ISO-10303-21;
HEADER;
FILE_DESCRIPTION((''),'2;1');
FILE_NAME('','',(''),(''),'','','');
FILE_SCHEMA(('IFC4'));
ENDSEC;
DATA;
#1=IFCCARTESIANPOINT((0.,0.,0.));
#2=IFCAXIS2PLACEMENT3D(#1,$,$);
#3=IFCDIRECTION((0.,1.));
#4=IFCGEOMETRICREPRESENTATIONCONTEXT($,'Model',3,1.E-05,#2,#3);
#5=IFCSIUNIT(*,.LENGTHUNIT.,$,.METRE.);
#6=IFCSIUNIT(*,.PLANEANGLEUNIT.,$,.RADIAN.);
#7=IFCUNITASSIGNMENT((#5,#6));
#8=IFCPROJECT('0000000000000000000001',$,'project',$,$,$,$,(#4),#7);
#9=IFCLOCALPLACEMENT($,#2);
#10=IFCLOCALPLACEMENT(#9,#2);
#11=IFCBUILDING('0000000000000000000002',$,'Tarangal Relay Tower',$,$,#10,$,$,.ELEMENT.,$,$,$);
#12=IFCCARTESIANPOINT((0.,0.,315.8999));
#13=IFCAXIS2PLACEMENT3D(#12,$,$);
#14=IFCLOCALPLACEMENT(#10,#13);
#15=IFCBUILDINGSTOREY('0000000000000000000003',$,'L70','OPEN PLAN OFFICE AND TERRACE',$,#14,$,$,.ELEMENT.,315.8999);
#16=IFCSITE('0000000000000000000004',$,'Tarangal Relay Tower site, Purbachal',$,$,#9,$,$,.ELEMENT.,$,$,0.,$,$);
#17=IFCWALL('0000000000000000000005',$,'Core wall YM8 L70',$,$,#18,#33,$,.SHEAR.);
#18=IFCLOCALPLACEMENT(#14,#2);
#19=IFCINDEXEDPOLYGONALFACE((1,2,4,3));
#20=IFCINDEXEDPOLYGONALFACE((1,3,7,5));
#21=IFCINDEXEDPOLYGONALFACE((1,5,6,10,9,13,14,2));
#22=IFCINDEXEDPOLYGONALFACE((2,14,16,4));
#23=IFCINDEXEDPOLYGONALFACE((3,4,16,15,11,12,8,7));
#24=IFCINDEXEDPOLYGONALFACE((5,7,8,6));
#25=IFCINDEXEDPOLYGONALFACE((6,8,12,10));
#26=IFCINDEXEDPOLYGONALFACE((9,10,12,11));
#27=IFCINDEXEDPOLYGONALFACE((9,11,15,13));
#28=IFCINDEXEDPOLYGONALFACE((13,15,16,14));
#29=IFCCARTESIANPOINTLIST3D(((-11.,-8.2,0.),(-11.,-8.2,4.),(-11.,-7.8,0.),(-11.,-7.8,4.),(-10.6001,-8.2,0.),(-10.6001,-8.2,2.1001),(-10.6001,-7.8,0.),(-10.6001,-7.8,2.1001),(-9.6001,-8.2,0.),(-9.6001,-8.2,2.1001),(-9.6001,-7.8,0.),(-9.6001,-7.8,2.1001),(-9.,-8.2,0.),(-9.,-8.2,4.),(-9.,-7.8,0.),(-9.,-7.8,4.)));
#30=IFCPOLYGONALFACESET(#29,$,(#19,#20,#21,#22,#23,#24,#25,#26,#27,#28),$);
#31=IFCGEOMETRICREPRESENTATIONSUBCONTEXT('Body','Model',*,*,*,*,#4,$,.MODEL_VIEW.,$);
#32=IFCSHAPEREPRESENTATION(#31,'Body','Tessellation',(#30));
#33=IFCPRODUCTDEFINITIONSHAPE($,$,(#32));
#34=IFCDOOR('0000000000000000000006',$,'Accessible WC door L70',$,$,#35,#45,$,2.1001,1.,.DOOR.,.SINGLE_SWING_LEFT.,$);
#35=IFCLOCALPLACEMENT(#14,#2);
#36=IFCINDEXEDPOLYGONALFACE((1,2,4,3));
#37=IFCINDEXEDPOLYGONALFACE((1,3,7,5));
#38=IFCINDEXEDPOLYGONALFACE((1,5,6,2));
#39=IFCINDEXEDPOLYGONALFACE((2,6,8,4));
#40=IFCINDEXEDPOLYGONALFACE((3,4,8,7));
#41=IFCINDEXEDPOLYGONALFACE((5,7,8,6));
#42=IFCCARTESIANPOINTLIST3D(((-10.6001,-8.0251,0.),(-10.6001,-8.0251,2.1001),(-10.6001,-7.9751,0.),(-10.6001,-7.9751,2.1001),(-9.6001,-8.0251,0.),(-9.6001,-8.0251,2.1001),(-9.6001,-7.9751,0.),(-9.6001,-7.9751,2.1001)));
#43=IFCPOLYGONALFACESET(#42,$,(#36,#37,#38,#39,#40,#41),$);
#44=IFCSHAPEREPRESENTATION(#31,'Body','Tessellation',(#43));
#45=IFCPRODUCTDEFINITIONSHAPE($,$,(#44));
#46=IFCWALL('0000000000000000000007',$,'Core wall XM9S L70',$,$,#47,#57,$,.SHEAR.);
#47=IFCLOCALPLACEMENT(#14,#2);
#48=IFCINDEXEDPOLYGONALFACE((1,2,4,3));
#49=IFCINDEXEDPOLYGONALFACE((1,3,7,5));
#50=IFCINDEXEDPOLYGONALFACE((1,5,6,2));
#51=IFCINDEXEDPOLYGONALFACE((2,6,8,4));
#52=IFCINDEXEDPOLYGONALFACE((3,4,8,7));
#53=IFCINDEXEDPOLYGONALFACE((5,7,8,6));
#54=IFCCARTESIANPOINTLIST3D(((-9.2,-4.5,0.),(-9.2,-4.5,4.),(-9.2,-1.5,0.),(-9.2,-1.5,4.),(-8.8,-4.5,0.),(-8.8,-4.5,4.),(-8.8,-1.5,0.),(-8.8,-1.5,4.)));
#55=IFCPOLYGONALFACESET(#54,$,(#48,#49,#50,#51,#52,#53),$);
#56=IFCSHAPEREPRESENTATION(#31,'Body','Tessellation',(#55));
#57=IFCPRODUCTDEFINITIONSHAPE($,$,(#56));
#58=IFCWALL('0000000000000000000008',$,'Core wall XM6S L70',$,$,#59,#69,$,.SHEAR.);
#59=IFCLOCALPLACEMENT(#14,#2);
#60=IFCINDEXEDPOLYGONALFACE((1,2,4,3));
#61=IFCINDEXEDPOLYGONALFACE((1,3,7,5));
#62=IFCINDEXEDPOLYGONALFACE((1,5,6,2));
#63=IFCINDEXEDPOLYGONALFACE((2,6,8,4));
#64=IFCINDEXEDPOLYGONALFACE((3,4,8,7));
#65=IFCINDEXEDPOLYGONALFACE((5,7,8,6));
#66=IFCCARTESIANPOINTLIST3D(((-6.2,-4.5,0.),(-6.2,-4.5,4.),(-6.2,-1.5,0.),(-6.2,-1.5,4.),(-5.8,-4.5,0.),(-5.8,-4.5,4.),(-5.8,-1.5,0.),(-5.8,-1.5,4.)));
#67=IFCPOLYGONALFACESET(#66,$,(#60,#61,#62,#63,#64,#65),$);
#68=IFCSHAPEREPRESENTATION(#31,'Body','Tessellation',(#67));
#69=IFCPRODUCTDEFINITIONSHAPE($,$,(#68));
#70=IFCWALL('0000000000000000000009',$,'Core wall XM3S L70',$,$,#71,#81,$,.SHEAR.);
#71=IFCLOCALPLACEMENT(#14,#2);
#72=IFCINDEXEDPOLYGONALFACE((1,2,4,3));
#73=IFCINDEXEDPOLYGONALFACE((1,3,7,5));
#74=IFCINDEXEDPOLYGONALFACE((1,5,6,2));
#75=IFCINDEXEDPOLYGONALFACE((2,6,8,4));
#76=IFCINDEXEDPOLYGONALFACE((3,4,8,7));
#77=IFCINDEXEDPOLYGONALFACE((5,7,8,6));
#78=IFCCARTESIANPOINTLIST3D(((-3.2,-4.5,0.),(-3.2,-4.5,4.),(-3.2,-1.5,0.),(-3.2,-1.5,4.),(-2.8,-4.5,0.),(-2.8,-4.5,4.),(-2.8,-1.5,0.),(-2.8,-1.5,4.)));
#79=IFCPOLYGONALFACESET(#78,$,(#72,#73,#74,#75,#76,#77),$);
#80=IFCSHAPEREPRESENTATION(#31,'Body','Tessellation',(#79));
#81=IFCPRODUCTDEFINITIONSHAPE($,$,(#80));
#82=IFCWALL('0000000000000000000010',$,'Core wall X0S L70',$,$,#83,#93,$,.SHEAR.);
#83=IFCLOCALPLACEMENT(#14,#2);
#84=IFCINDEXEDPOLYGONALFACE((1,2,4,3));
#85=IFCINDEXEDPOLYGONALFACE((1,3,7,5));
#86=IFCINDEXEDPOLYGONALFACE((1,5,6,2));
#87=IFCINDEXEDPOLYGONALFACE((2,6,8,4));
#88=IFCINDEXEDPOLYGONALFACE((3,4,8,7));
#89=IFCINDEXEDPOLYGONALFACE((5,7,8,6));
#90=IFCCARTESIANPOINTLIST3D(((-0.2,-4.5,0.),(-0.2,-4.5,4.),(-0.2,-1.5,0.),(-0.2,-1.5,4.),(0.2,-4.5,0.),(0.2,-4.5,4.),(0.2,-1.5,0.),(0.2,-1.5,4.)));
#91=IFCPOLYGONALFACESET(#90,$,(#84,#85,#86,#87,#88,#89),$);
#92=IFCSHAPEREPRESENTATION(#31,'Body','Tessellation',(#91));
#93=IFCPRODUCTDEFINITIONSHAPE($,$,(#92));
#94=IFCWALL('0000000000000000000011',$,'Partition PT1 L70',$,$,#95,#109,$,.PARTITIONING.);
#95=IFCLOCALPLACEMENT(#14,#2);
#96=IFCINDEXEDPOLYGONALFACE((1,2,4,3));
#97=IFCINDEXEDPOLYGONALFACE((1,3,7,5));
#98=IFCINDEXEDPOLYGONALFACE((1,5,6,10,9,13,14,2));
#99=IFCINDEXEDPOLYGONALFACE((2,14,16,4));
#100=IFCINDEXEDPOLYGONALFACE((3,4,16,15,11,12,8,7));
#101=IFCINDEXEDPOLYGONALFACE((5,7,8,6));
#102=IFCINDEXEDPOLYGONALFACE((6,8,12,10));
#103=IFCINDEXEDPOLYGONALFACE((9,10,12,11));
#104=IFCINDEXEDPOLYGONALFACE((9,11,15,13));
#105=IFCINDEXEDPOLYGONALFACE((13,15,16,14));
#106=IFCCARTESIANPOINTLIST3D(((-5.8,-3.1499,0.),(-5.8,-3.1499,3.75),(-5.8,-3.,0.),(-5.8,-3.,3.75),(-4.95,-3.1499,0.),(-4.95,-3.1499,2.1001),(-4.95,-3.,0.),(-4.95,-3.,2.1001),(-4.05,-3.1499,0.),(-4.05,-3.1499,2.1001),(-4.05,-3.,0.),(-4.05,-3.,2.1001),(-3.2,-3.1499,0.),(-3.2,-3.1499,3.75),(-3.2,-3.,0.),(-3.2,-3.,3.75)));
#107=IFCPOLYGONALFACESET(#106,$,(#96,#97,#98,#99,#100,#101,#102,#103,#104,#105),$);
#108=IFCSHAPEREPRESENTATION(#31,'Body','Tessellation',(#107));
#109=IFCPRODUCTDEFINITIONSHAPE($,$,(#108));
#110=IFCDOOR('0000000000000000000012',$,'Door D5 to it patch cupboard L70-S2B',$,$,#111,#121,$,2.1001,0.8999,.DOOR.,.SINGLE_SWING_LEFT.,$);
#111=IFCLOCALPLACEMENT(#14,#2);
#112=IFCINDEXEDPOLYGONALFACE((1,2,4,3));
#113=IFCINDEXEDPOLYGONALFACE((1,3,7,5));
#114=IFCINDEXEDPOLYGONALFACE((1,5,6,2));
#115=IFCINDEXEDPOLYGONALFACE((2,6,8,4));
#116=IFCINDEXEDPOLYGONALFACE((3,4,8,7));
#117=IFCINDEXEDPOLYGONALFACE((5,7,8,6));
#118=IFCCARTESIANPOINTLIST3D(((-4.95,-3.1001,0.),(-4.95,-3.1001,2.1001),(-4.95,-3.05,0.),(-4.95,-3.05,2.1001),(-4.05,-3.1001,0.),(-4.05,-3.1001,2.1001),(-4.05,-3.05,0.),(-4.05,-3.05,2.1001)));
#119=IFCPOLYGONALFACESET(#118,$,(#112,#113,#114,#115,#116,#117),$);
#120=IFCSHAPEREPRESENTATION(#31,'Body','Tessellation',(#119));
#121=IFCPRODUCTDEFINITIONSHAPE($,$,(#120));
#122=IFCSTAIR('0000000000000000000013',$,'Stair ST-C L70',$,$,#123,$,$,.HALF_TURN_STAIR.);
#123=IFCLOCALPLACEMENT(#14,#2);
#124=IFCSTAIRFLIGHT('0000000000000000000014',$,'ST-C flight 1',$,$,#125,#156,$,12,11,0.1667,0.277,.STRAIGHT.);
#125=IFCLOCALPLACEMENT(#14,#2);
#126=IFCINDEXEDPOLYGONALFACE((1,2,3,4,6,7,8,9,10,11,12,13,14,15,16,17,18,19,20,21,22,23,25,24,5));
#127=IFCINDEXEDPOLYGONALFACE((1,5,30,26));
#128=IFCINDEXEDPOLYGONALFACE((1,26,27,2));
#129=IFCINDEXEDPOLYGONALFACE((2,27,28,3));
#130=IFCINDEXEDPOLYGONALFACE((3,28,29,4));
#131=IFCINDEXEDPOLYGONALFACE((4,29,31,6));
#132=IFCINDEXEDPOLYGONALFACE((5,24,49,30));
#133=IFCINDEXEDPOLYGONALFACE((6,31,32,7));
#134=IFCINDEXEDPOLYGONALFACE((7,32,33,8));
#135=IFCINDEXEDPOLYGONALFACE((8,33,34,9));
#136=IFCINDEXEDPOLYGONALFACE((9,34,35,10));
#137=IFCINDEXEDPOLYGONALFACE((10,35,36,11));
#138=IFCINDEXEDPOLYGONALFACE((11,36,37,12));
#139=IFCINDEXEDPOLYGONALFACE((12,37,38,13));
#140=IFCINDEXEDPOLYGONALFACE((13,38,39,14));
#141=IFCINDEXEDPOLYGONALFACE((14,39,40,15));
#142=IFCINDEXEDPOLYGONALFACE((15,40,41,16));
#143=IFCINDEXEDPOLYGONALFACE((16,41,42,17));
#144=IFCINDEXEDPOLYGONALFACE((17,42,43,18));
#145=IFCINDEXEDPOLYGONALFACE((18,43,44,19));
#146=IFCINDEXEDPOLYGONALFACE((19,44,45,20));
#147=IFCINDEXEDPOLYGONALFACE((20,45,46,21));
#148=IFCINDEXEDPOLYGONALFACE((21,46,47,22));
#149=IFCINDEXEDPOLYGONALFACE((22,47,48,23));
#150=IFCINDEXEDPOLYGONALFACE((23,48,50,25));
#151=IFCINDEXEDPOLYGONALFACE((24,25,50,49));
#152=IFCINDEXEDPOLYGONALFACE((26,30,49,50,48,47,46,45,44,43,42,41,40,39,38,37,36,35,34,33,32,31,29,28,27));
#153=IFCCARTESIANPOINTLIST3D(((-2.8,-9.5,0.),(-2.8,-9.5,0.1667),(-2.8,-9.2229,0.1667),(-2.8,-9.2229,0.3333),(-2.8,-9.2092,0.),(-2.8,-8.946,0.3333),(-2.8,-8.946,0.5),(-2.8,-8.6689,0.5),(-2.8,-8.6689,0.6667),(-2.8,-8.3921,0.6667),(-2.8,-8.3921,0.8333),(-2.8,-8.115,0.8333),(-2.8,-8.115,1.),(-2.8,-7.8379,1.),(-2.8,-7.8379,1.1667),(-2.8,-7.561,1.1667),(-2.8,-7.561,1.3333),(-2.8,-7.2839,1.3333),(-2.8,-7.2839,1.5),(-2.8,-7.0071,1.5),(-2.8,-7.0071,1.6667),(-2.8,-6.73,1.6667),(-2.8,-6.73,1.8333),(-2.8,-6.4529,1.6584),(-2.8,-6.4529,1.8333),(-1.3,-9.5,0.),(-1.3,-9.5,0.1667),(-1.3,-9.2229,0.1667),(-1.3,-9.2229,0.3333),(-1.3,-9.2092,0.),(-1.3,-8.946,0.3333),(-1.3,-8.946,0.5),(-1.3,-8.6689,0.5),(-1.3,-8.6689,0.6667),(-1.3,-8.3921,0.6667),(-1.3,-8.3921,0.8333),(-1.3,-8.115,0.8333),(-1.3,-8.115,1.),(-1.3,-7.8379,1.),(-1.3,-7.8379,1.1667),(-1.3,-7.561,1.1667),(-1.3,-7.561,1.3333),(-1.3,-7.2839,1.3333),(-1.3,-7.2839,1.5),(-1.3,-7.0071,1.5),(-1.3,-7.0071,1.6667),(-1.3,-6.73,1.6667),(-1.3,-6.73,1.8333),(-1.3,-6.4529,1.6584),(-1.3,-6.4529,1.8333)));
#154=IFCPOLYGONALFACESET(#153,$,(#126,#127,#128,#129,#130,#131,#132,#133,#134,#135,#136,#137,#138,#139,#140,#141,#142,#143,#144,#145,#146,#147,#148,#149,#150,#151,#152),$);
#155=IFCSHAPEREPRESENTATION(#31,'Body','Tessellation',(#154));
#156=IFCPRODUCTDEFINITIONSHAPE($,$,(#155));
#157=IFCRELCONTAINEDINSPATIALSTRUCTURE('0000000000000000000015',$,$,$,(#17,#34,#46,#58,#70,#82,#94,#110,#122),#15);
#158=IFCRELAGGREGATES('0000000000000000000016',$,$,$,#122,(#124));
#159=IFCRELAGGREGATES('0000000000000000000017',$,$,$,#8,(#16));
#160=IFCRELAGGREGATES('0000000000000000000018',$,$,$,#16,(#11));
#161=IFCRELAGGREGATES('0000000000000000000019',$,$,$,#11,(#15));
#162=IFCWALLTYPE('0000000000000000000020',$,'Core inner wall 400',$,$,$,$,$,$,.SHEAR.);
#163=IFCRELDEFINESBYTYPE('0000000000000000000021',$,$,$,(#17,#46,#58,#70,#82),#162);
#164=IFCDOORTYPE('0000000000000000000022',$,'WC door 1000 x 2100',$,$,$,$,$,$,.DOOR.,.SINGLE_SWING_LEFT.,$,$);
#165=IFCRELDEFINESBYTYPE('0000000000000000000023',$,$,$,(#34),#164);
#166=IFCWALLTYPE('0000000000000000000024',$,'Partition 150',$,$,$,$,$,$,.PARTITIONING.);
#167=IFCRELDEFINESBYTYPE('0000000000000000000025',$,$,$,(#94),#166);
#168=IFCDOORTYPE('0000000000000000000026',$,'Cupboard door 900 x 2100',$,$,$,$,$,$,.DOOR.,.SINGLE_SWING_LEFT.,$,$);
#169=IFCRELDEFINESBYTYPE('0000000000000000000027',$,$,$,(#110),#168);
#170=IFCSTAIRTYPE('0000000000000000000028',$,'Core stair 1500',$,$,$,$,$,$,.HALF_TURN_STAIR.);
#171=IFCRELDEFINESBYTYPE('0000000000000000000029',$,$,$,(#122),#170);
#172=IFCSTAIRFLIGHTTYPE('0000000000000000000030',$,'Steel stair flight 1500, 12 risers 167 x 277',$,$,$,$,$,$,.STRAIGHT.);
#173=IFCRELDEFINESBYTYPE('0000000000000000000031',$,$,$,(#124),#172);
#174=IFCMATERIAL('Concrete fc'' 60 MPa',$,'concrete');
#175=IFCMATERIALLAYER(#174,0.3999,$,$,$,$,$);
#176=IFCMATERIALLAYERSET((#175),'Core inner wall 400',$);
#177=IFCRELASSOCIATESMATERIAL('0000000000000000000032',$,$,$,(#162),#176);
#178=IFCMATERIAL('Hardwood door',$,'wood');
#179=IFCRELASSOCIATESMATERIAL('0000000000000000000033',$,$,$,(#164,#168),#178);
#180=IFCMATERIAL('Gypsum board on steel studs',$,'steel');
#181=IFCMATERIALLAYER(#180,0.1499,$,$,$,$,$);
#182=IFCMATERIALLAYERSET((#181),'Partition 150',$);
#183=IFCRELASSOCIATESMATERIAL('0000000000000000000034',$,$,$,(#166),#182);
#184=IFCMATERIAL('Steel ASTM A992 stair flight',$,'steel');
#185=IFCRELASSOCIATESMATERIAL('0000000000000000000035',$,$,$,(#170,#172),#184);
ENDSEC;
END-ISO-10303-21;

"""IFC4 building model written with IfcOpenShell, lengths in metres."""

from ifc_helpers import new_model, si_unit, direction, frame, frame_2d, origin, place, context, subcontext, project, spatial, polyline, rectangle, outline, extrude, material, layer, layer_set, type_object, element, fill, aggregate, save


model = new_model("IFC4")

# Units and contexts
model_context = context("Model", 3, precision=1e-05, world=origin(), true_north=direction((0.0, 1.0)))
body_context = subcontext(model_context, "Body", "Model", "MODEL_VIEW")
ifc_project = project(units=[si_unit("LENGTHUNIT", "METRE"), si_unit("PLANEANGLEUNIT", "RADIAN")], contexts=[model_context])

# Site, building, storey
site_placement = place(None, origin())
site = spatial("IfcSite", under=ifc_project, at=site_placement, Name="Tarangal Relay Tower site, Purbachal", CompositionType="ELEMENT", RefElevation=0.0)
building_placement = place(site_placement, origin())
building = spatial("IfcBuilding", under=site, at=building_placement, Name="Tarangal Relay Tower", CompositionType="ELEMENT")
storey_placement = place(building_placement, frame((0.0, 0.0, 315.8999)))
storey = spatial("IfcBuildingStorey", under=building, at=storey_placement, Name="L70", Description="OPEN PLAN OFFICE AND TERRACE", CompositionType="ELEMENT", Elevation=315.8999)

# Shared definitions
ifc_material_1 = material(Name="Concrete fc' 60 MPa", Category="concrete")
ifc_layer_1 = layer(ifc_material_1, 0.3999)
ifc_layer_set_1 = layer_set([ifc_layer_1], Name="Core inner wall 400")
wall_type_1 = type_object("IfcWallType", Name="Core inner wall 400", PredefinedType="SHEAR", material=ifc_layer_set_1)

# Wall, opening, door
wall_1_placement = place(storey_placement, frame((-11.0, -8.0, 0.0), z_axis=(0.0, 0.0, 1.0), x_axis=(1.0, 0.0, 0.0)))
wall_1 = element("IfcWall", 1, at=wall_1_placement, inside=storey, type_object=wall_type_1, Name="Core wall YM8 L70", PredefinedType="SHEAR", context=body_context, shape_type="SweptSolid", body=[
    extrude(rectangle(XDim=2.0, YDim=0.3999, at=frame_2d((1.0, 0.0))), origin(), (0.0, 0.0, 1.0), 4.0),
])
opening_1_placement = place(wall_1_placement, frame((0.3999, 0.0, 0.0)))
opening_1 = element("IfcOpeningElement", 2, at=opening_1_placement, cuts=wall_1, PredefinedType="OPENING", context=body_context, shape_type="SweptSolid", body=[
    extrude(rectangle(XDim=1.0, YDim=2.1001, at=frame_2d((0.5, 1.05))), frame((0.0, 0.21, 0.0), z_axis=(0.0, -1.0, 0.0), x_axis=(1.0, 0.0, 0.0)), (0.0, 0.0, 1.0), 0.4199),
])
ifc_material_2 = material(Name="Hardwood door", Category="wood")
door_type_1 = type_object("IfcDoorType", Name="WC door 1000 x 2100", OperationType="SINGLE_SWING_LEFT", PredefinedType="DOOR", material=ifc_material_2)
door_1_placement = place(opening_1_placement, origin())
door_1 = element("IfcDoor", 3, at=door_1_placement, inside=storey, type_object=door_type_1, Name="Accessible WC door L70", OperationType="SINGLE_SWING_LEFT", OverallHeight=2.1001, OverallWidth=1.0, PredefinedType="DOOR", context=body_context, shape_type="SweptSolid", body=[
    extrude(rectangle(XDim=1.0, YDim=2.1001, at=frame_2d((0.5, 1.05))), frame((0.0, 0.0249, 0.0), z_axis=(0.0, -1.0, 0.0), x_axis=(1.0, 0.0, 0.0)), (0.0, 0.0, 1.0), 0.05),
])
fill(opening_1, door_1)

# Walls
for number, where, z_axis, x_axis, name in (
    (4, (-9.0, -4.5, 0.0), (0.0, 0.0, 1.0), (0.0, 1.0, 0.0), "Core wall XM9S L70"),
    (5, (-6.0, -4.5, 0.0), (0.0, 0.0, 1.0), (0.0, 1.0, 0.0), "Core wall XM6S L70"),
    (6, (-3.0, -4.5, 0.0), (0.0, 0.0, 1.0), (0.0, 1.0, 0.0), "Core wall XM3S L70"),
    (7, (0.0, -4.5, 0.0), (0.0, 0.0, 1.0), (0.0, 1.0, 0.0), "Core wall X0S L70"),
):
    element("IfcWall", number, at=place(storey_placement, frame(where, z_axis=z_axis, x_axis=x_axis)), inside=storey, type_object=wall_type_1, Name=name, PredefinedType="SHEAR", context=body_context, shape_type="SweptSolid", body=[
        extrude(rectangle(XDim=3.0, YDim=0.3999, at=frame_2d((1.5, 0.0))), origin(), (0.0, 0.0, 1.0), 4.0),
    ])

# Wall, opening, door
ifc_material_3 = material(Name="Gypsum board on steel studs", Category="steel")
ifc_layer_2 = layer(ifc_material_3, 0.1499)
ifc_layer_set_2 = layer_set([ifc_layer_2], Name="Partition 150")
wall_type_2 = type_object("IfcWallType", Name="Partition 150", PredefinedType="PARTITIONING", material=ifc_layer_set_2)
wall_2_placement = place(storey_placement, frame((-5.8, -3.075, 0.0), z_axis=(0.0, 0.0, 1.0), x_axis=(1.0, 0.0, 0.0)))
wall_2 = element("IfcWall", 8, at=wall_2_placement, inside=storey, type_object=wall_type_2, Name="Partition PT1 L70", PredefinedType="PARTITIONING", context=body_context, shape_type="SweptSolid", body=[
    extrude(rectangle(XDim=2.6001, YDim=0.1499, at=frame_2d((1.3, 0.0))), origin(), (0.0, 0.0, 1.0), 3.75),
])
opening_2_placement = place(wall_2_placement, frame((0.8501, 0.0, 0.0)))
opening_2 = element("IfcOpeningElement", 9, at=opening_2_placement, cuts=wall_2, PredefinedType="OPENING", context=body_context, shape_type="SweptSolid", body=[
    extrude(rectangle(XDim=0.8999, YDim=2.1001, at=frame_2d((0.45, 1.05))), frame((0.0, 0.085, 0.0), z_axis=(0.0, -1.0, 0.0), x_axis=(1.0, 0.0, 0.0)), (0.0, 0.0, 1.0), 0.1699),
])
door_type_2 = type_object("IfcDoorType", Name="Cupboard door 900 x 2100", OperationType="SINGLE_SWING_LEFT", PredefinedType="DOOR", material=ifc_material_2)
door_2_placement = place(opening_2_placement, origin())
door_2 = element("IfcDoor", 10, at=door_2_placement, inside=storey, type_object=door_type_2, Name="Door D5 to it patch cupboard L70-S2B", OperationType="SINGLE_SWING_LEFT", OverallHeight=2.1001, OverallWidth=0.8999, PredefinedType="DOOR", context=body_context, shape_type="SweptSolid", body=[
    extrude(rectangle(XDim=0.8999, YDim=2.1001, at=frame_2d((0.45, 1.05))), frame((0.0, 0.0249, 0.0), z_axis=(0.0, -1.0, 0.0), x_axis=(1.0, 0.0, 0.0)), (0.0, 0.0, 1.0), 0.05),
])
fill(opening_2, door_2)

# Stair, stair flight
ifc_material_4 = material(Name="Steel ASTM A992 stair flight", Category="steel")
stair_type = type_object("IfcStairType", Name="Core stair 1500", PredefinedType="HALF_TURN_STAIR", material=ifc_material_4)
stair_placement = place(storey_placement, origin())
stair = element("IfcStair", 11, at=stair_placement, inside=storey, type_object=stair_type, Name="Stair ST-C L70", PredefinedType="HALF_TURN_STAIR")
stair_flight_type = type_object("IfcStairFlightType", Name="Steel stair flight 1500, 12 risers 167 x 277", PredefinedType="STRAIGHT", material=ifc_material_4)
stair_flight_placement = place(storey_placement, frame((-2.05, -9.5, 0.0), z_axis=(0.0, 0.0, 1.0), x_axis=(0.0, 1.0, 0.0)))
stair_flight = element("IfcStairFlight", 12, at=stair_flight_placement, type_object=stair_flight_type, Name="ST-C flight 1", NumberOfRisers=12, NumberOfTreads=11, PredefinedType="STRAIGHT", RiserHeight=0.1667, TreadLength=0.277, context=body_context, shape_type="SweptSolid", body=[
    extrude(outline(polyline([(0.0, 0.0), (0.0, 0.1667), (0.2771, 0.1667), (0.2771, 0.3333), (0.554, 0.3333), (0.554, 0.5), (0.8311, 0.5), (0.8311, 0.6667), (1.1079, 0.6667), (1.1079, 0.8333), (1.385, 0.8333), (1.385, 1.0), (1.6621, 1.0), (1.6621, 1.1667), (1.939, 1.1667), (1.939, 1.3333), (2.2161, 1.3333), (2.2161, 1.5), (2.4929, 1.5), (2.4929, 1.6667), (2.77, 1.6667), (2.77, 1.8333), (3.0471, 1.8333), (3.0471, 2.0), (3.0471, 1.6584), (0.2908, 0.0), (0.0, 0.0)])), frame((0.0, 0.75, 0.0), z_axis=(0.0, -1.0, 0.0), x_axis=(1.0, 0.0, 0.0)), (0.0, 0.0, 1.0), 1.5),
])
aggregate(stair, [stair_flight])

save(model, "model.ifc")
